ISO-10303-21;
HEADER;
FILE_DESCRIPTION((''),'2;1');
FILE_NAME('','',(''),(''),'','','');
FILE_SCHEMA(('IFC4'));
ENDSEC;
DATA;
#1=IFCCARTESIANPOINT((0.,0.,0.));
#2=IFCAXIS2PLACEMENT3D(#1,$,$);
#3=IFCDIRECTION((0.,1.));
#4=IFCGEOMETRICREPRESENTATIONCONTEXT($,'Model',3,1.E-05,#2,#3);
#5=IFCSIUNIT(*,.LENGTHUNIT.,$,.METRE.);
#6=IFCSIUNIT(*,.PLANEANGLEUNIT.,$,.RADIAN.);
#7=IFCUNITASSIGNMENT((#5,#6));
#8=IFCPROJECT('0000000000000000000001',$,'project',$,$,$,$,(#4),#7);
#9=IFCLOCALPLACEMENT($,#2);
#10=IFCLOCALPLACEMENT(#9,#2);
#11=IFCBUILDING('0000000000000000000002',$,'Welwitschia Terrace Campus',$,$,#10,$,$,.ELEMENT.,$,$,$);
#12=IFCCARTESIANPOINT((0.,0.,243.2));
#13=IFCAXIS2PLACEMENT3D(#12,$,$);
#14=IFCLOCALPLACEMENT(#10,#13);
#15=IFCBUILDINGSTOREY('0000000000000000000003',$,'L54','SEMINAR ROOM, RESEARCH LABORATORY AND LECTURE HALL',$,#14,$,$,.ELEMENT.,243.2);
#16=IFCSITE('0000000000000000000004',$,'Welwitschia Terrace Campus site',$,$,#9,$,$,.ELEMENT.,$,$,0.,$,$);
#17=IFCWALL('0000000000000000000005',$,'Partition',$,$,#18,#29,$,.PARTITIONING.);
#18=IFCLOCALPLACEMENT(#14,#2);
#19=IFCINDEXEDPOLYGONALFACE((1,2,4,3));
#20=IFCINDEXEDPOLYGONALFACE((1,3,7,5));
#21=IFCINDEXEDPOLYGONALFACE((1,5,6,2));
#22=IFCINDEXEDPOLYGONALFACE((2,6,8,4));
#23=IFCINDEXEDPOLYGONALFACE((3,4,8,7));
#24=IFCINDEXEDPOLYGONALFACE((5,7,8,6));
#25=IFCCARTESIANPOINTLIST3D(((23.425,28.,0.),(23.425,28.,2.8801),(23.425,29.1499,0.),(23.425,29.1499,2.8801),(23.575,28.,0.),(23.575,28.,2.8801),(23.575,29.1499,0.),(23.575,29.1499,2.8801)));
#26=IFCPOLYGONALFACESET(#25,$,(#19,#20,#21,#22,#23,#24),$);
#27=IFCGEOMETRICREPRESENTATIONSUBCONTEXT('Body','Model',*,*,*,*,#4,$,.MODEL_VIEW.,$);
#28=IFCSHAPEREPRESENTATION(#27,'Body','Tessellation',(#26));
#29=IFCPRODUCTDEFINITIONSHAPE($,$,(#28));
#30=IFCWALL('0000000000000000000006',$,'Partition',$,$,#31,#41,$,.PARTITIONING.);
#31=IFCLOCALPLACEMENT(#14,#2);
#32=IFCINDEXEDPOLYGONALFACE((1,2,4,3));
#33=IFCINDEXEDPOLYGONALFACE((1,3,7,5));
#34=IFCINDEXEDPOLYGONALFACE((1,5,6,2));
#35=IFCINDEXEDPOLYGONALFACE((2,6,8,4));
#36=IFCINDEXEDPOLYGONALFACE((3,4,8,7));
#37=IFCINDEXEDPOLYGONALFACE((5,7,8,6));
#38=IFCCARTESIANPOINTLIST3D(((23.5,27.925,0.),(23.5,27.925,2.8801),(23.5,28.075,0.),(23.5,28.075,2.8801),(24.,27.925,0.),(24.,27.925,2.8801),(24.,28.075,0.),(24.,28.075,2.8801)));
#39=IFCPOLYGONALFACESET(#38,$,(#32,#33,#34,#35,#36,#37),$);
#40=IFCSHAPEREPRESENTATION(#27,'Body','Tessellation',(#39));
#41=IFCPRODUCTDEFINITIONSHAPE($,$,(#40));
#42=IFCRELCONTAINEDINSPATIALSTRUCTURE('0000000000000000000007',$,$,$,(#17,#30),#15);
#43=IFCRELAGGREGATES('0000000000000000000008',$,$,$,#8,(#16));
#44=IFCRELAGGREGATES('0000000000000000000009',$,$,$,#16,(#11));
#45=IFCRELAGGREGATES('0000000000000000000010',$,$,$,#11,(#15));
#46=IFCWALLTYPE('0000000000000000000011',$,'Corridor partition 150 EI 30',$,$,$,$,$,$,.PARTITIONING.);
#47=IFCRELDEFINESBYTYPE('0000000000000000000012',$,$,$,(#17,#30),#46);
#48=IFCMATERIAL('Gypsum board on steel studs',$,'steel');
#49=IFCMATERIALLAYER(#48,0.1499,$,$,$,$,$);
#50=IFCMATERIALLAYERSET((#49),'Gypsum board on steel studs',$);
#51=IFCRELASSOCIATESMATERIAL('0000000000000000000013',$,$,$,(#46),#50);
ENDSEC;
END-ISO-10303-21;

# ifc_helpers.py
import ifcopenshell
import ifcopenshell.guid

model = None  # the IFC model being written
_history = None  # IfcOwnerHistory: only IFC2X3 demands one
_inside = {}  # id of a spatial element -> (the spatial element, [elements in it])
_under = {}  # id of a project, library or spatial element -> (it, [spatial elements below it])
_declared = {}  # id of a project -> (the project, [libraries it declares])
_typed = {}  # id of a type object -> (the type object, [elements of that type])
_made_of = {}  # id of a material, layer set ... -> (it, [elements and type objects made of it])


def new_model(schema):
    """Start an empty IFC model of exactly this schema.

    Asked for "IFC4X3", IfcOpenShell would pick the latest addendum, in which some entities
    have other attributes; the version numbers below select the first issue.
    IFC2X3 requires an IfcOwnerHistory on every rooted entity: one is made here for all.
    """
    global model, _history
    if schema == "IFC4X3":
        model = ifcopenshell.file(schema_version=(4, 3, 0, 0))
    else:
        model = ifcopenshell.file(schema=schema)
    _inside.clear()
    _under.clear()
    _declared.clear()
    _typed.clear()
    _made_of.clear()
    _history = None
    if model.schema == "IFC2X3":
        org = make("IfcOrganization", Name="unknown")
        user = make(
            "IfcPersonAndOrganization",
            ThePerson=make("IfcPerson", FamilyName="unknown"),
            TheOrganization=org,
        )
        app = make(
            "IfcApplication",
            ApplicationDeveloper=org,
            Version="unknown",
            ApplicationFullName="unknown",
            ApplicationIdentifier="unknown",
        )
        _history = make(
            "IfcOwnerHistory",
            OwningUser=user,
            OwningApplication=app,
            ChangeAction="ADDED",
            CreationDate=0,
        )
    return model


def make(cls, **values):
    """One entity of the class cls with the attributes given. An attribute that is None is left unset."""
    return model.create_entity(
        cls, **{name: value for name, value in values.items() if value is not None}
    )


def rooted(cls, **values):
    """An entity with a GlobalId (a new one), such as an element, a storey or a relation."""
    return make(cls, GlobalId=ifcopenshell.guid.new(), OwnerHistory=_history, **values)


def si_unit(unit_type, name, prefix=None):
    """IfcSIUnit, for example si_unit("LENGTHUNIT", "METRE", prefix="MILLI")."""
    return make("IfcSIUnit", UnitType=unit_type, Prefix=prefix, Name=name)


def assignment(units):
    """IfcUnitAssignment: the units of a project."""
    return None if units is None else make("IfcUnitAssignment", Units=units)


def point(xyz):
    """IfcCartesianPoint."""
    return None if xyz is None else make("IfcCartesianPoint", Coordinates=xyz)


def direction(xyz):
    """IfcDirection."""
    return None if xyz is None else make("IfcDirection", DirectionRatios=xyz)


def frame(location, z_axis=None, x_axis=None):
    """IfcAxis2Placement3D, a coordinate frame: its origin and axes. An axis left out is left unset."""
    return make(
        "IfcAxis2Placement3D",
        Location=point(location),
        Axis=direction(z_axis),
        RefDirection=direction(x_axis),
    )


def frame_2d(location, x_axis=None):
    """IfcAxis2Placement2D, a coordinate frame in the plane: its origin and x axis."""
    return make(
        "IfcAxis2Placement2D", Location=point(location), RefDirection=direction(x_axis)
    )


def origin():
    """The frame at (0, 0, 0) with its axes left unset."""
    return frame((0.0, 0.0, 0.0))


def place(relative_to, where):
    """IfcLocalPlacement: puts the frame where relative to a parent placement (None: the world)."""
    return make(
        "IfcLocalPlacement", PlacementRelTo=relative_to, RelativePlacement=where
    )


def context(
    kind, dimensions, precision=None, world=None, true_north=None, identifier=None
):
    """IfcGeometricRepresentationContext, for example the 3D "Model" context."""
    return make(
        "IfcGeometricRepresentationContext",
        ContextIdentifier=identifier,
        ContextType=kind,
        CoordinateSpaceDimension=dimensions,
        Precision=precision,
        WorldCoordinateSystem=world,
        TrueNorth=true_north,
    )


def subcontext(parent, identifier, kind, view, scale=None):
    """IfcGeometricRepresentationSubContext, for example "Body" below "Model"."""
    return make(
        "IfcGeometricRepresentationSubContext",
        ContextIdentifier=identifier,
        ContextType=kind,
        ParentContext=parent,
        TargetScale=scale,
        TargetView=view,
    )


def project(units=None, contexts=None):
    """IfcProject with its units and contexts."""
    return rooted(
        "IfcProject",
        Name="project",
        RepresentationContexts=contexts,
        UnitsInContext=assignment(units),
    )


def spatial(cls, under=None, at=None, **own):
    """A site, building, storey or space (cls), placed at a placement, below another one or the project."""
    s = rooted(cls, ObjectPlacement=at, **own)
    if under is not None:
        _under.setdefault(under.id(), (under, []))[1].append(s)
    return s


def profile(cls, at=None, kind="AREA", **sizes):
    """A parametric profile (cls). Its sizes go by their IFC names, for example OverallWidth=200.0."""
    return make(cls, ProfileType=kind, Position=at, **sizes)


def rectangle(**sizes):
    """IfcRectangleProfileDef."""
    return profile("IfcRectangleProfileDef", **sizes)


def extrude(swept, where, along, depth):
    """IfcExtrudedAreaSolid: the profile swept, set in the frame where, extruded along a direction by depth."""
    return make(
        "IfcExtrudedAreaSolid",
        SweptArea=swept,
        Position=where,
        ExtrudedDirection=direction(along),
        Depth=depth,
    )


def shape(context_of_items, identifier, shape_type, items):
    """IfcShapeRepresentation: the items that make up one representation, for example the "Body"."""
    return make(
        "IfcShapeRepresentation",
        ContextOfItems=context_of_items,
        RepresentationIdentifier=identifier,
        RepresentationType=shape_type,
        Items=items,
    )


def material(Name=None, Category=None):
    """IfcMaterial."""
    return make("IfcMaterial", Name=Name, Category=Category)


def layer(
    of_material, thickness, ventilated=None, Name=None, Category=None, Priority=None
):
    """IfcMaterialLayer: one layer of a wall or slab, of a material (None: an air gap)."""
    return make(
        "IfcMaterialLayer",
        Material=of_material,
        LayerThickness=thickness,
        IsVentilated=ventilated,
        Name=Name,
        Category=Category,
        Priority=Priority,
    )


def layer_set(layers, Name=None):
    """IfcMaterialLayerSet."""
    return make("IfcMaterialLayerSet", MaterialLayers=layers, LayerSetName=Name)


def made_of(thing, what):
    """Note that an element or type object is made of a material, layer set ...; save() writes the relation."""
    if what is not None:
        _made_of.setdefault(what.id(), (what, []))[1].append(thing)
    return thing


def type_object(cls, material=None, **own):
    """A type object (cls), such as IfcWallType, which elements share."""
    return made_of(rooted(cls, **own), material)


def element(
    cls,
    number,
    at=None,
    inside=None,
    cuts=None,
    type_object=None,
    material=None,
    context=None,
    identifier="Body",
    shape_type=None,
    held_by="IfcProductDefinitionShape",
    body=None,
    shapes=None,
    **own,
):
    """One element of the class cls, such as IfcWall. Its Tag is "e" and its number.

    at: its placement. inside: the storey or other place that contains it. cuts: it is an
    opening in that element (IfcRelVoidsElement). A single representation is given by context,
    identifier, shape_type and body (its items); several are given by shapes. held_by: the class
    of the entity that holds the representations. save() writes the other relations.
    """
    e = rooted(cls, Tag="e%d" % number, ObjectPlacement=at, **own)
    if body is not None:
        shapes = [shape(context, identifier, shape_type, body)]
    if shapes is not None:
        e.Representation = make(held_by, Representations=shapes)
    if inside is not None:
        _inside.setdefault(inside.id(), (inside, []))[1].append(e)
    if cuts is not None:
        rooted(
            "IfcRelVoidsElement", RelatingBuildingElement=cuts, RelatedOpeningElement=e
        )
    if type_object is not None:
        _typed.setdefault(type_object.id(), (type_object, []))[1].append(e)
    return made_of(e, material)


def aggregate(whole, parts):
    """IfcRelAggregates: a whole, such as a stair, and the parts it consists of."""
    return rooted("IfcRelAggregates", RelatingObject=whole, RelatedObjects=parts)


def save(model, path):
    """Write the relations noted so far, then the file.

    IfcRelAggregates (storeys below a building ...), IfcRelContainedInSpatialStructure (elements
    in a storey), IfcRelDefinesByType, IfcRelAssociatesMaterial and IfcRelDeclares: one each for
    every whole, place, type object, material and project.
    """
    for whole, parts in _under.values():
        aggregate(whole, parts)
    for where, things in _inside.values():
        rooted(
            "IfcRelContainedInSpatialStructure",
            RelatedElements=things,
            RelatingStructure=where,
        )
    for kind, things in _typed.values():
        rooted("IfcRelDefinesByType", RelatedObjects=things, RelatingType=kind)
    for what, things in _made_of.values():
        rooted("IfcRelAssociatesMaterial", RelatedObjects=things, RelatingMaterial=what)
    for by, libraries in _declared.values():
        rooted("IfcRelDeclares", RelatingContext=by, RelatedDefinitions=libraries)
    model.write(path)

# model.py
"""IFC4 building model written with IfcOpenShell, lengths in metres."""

from ifc_helpers import new_model, si_unit, direction, frame, frame_2d, origin, place, context, subcontext, project, spatial, rectangle, extrude, material, layer, layer_set, type_object, element, save


model = new_model("IFC4")

# Units and contexts
model_context = context("Model", 3, precision=1e-05, world=origin(), true_north=direction((0.0, 1.0)))
body_context = subcontext(model_context, "Body", "Model", "MODEL_VIEW")
ifc_project = project(units=[si_unit("LENGTHUNIT", "METRE"), si_unit("PLANEANGLEUNIT", "RADIAN")], contexts=[model_context])

# Site, building, storey
site_placement = place(None, origin())
site = spatial("IfcSite", under=ifc_project, at=site_placement, Name="Welwitschia Terrace Campus site", CompositionType="ELEMENT", RefElevation=0.0)
building_placement = place(site_placement, origin())
building = spatial("IfcBuilding", under=site, at=building_placement, Name="Welwitschia Terrace Campus", CompositionType="ELEMENT")
storey_placement = place(building_placement, frame((0.0, 0.0, 243.2)))
storey = spatial("IfcBuildingStorey", under=building, at=storey_placement, Name="L54", Description="SEMINAR ROOM, RESEARCH LABORATORY AND LECTURE HALL", CompositionType="ELEMENT", Elevation=243.2)

# Shared definitions
ifc_material_1 = material(Name="Gypsum board on steel studs", Category="steel")
ifc_layer_1 = layer(ifc_material_1, 0.1499)
ifc_layer_set_1 = layer_set([ifc_layer_1], Name="Gypsum board on steel studs")
wall_type = type_object("IfcWallType", Name="Corridor partition 150 EI 30", PredefinedType="PARTITIONING", material=ifc_layer_set_1)

# Walls
wall_1_placement = place(storey_placement, frame((23.5, 28.0, 0.0), z_axis=(0.0, 0.0, 1.0), x_axis=(0.0, 1.0, 0.0)))
element("IfcWall", 1, at=wall_1_placement, inside=storey, type_object=wall_type, Name="Partition", PredefinedType="PARTITIONING", context=body_context, shape_type="SweptSolid", body=[
    extrude(rectangle(XDim=1.1499, YDim=0.1499, at=frame_2d((0.575, 0.0))), origin(), (0.0, 0.0, 1.0), 2.8801),
])
wall_2_placement = place(storey_placement, frame((23.5, 28.0, 0.0), z_axis=(0.0, 0.0, 1.0), x_axis=(1.0, 0.0, 0.0)))
element("IfcWall", 2, at=wall_2_placement, inside=storey, type_object=wall_type, Name="Partition", PredefinedType="PARTITIONING", context=body_context, shape_type="SweptSolid", body=[
    extrude(rectangle(XDim=0.5, YDim=0.1499, at=frame_2d((0.25, 0.0))), origin(), (0.0, 0.0, 1.0), 2.8801),
])

save(model, "model.ifc")
